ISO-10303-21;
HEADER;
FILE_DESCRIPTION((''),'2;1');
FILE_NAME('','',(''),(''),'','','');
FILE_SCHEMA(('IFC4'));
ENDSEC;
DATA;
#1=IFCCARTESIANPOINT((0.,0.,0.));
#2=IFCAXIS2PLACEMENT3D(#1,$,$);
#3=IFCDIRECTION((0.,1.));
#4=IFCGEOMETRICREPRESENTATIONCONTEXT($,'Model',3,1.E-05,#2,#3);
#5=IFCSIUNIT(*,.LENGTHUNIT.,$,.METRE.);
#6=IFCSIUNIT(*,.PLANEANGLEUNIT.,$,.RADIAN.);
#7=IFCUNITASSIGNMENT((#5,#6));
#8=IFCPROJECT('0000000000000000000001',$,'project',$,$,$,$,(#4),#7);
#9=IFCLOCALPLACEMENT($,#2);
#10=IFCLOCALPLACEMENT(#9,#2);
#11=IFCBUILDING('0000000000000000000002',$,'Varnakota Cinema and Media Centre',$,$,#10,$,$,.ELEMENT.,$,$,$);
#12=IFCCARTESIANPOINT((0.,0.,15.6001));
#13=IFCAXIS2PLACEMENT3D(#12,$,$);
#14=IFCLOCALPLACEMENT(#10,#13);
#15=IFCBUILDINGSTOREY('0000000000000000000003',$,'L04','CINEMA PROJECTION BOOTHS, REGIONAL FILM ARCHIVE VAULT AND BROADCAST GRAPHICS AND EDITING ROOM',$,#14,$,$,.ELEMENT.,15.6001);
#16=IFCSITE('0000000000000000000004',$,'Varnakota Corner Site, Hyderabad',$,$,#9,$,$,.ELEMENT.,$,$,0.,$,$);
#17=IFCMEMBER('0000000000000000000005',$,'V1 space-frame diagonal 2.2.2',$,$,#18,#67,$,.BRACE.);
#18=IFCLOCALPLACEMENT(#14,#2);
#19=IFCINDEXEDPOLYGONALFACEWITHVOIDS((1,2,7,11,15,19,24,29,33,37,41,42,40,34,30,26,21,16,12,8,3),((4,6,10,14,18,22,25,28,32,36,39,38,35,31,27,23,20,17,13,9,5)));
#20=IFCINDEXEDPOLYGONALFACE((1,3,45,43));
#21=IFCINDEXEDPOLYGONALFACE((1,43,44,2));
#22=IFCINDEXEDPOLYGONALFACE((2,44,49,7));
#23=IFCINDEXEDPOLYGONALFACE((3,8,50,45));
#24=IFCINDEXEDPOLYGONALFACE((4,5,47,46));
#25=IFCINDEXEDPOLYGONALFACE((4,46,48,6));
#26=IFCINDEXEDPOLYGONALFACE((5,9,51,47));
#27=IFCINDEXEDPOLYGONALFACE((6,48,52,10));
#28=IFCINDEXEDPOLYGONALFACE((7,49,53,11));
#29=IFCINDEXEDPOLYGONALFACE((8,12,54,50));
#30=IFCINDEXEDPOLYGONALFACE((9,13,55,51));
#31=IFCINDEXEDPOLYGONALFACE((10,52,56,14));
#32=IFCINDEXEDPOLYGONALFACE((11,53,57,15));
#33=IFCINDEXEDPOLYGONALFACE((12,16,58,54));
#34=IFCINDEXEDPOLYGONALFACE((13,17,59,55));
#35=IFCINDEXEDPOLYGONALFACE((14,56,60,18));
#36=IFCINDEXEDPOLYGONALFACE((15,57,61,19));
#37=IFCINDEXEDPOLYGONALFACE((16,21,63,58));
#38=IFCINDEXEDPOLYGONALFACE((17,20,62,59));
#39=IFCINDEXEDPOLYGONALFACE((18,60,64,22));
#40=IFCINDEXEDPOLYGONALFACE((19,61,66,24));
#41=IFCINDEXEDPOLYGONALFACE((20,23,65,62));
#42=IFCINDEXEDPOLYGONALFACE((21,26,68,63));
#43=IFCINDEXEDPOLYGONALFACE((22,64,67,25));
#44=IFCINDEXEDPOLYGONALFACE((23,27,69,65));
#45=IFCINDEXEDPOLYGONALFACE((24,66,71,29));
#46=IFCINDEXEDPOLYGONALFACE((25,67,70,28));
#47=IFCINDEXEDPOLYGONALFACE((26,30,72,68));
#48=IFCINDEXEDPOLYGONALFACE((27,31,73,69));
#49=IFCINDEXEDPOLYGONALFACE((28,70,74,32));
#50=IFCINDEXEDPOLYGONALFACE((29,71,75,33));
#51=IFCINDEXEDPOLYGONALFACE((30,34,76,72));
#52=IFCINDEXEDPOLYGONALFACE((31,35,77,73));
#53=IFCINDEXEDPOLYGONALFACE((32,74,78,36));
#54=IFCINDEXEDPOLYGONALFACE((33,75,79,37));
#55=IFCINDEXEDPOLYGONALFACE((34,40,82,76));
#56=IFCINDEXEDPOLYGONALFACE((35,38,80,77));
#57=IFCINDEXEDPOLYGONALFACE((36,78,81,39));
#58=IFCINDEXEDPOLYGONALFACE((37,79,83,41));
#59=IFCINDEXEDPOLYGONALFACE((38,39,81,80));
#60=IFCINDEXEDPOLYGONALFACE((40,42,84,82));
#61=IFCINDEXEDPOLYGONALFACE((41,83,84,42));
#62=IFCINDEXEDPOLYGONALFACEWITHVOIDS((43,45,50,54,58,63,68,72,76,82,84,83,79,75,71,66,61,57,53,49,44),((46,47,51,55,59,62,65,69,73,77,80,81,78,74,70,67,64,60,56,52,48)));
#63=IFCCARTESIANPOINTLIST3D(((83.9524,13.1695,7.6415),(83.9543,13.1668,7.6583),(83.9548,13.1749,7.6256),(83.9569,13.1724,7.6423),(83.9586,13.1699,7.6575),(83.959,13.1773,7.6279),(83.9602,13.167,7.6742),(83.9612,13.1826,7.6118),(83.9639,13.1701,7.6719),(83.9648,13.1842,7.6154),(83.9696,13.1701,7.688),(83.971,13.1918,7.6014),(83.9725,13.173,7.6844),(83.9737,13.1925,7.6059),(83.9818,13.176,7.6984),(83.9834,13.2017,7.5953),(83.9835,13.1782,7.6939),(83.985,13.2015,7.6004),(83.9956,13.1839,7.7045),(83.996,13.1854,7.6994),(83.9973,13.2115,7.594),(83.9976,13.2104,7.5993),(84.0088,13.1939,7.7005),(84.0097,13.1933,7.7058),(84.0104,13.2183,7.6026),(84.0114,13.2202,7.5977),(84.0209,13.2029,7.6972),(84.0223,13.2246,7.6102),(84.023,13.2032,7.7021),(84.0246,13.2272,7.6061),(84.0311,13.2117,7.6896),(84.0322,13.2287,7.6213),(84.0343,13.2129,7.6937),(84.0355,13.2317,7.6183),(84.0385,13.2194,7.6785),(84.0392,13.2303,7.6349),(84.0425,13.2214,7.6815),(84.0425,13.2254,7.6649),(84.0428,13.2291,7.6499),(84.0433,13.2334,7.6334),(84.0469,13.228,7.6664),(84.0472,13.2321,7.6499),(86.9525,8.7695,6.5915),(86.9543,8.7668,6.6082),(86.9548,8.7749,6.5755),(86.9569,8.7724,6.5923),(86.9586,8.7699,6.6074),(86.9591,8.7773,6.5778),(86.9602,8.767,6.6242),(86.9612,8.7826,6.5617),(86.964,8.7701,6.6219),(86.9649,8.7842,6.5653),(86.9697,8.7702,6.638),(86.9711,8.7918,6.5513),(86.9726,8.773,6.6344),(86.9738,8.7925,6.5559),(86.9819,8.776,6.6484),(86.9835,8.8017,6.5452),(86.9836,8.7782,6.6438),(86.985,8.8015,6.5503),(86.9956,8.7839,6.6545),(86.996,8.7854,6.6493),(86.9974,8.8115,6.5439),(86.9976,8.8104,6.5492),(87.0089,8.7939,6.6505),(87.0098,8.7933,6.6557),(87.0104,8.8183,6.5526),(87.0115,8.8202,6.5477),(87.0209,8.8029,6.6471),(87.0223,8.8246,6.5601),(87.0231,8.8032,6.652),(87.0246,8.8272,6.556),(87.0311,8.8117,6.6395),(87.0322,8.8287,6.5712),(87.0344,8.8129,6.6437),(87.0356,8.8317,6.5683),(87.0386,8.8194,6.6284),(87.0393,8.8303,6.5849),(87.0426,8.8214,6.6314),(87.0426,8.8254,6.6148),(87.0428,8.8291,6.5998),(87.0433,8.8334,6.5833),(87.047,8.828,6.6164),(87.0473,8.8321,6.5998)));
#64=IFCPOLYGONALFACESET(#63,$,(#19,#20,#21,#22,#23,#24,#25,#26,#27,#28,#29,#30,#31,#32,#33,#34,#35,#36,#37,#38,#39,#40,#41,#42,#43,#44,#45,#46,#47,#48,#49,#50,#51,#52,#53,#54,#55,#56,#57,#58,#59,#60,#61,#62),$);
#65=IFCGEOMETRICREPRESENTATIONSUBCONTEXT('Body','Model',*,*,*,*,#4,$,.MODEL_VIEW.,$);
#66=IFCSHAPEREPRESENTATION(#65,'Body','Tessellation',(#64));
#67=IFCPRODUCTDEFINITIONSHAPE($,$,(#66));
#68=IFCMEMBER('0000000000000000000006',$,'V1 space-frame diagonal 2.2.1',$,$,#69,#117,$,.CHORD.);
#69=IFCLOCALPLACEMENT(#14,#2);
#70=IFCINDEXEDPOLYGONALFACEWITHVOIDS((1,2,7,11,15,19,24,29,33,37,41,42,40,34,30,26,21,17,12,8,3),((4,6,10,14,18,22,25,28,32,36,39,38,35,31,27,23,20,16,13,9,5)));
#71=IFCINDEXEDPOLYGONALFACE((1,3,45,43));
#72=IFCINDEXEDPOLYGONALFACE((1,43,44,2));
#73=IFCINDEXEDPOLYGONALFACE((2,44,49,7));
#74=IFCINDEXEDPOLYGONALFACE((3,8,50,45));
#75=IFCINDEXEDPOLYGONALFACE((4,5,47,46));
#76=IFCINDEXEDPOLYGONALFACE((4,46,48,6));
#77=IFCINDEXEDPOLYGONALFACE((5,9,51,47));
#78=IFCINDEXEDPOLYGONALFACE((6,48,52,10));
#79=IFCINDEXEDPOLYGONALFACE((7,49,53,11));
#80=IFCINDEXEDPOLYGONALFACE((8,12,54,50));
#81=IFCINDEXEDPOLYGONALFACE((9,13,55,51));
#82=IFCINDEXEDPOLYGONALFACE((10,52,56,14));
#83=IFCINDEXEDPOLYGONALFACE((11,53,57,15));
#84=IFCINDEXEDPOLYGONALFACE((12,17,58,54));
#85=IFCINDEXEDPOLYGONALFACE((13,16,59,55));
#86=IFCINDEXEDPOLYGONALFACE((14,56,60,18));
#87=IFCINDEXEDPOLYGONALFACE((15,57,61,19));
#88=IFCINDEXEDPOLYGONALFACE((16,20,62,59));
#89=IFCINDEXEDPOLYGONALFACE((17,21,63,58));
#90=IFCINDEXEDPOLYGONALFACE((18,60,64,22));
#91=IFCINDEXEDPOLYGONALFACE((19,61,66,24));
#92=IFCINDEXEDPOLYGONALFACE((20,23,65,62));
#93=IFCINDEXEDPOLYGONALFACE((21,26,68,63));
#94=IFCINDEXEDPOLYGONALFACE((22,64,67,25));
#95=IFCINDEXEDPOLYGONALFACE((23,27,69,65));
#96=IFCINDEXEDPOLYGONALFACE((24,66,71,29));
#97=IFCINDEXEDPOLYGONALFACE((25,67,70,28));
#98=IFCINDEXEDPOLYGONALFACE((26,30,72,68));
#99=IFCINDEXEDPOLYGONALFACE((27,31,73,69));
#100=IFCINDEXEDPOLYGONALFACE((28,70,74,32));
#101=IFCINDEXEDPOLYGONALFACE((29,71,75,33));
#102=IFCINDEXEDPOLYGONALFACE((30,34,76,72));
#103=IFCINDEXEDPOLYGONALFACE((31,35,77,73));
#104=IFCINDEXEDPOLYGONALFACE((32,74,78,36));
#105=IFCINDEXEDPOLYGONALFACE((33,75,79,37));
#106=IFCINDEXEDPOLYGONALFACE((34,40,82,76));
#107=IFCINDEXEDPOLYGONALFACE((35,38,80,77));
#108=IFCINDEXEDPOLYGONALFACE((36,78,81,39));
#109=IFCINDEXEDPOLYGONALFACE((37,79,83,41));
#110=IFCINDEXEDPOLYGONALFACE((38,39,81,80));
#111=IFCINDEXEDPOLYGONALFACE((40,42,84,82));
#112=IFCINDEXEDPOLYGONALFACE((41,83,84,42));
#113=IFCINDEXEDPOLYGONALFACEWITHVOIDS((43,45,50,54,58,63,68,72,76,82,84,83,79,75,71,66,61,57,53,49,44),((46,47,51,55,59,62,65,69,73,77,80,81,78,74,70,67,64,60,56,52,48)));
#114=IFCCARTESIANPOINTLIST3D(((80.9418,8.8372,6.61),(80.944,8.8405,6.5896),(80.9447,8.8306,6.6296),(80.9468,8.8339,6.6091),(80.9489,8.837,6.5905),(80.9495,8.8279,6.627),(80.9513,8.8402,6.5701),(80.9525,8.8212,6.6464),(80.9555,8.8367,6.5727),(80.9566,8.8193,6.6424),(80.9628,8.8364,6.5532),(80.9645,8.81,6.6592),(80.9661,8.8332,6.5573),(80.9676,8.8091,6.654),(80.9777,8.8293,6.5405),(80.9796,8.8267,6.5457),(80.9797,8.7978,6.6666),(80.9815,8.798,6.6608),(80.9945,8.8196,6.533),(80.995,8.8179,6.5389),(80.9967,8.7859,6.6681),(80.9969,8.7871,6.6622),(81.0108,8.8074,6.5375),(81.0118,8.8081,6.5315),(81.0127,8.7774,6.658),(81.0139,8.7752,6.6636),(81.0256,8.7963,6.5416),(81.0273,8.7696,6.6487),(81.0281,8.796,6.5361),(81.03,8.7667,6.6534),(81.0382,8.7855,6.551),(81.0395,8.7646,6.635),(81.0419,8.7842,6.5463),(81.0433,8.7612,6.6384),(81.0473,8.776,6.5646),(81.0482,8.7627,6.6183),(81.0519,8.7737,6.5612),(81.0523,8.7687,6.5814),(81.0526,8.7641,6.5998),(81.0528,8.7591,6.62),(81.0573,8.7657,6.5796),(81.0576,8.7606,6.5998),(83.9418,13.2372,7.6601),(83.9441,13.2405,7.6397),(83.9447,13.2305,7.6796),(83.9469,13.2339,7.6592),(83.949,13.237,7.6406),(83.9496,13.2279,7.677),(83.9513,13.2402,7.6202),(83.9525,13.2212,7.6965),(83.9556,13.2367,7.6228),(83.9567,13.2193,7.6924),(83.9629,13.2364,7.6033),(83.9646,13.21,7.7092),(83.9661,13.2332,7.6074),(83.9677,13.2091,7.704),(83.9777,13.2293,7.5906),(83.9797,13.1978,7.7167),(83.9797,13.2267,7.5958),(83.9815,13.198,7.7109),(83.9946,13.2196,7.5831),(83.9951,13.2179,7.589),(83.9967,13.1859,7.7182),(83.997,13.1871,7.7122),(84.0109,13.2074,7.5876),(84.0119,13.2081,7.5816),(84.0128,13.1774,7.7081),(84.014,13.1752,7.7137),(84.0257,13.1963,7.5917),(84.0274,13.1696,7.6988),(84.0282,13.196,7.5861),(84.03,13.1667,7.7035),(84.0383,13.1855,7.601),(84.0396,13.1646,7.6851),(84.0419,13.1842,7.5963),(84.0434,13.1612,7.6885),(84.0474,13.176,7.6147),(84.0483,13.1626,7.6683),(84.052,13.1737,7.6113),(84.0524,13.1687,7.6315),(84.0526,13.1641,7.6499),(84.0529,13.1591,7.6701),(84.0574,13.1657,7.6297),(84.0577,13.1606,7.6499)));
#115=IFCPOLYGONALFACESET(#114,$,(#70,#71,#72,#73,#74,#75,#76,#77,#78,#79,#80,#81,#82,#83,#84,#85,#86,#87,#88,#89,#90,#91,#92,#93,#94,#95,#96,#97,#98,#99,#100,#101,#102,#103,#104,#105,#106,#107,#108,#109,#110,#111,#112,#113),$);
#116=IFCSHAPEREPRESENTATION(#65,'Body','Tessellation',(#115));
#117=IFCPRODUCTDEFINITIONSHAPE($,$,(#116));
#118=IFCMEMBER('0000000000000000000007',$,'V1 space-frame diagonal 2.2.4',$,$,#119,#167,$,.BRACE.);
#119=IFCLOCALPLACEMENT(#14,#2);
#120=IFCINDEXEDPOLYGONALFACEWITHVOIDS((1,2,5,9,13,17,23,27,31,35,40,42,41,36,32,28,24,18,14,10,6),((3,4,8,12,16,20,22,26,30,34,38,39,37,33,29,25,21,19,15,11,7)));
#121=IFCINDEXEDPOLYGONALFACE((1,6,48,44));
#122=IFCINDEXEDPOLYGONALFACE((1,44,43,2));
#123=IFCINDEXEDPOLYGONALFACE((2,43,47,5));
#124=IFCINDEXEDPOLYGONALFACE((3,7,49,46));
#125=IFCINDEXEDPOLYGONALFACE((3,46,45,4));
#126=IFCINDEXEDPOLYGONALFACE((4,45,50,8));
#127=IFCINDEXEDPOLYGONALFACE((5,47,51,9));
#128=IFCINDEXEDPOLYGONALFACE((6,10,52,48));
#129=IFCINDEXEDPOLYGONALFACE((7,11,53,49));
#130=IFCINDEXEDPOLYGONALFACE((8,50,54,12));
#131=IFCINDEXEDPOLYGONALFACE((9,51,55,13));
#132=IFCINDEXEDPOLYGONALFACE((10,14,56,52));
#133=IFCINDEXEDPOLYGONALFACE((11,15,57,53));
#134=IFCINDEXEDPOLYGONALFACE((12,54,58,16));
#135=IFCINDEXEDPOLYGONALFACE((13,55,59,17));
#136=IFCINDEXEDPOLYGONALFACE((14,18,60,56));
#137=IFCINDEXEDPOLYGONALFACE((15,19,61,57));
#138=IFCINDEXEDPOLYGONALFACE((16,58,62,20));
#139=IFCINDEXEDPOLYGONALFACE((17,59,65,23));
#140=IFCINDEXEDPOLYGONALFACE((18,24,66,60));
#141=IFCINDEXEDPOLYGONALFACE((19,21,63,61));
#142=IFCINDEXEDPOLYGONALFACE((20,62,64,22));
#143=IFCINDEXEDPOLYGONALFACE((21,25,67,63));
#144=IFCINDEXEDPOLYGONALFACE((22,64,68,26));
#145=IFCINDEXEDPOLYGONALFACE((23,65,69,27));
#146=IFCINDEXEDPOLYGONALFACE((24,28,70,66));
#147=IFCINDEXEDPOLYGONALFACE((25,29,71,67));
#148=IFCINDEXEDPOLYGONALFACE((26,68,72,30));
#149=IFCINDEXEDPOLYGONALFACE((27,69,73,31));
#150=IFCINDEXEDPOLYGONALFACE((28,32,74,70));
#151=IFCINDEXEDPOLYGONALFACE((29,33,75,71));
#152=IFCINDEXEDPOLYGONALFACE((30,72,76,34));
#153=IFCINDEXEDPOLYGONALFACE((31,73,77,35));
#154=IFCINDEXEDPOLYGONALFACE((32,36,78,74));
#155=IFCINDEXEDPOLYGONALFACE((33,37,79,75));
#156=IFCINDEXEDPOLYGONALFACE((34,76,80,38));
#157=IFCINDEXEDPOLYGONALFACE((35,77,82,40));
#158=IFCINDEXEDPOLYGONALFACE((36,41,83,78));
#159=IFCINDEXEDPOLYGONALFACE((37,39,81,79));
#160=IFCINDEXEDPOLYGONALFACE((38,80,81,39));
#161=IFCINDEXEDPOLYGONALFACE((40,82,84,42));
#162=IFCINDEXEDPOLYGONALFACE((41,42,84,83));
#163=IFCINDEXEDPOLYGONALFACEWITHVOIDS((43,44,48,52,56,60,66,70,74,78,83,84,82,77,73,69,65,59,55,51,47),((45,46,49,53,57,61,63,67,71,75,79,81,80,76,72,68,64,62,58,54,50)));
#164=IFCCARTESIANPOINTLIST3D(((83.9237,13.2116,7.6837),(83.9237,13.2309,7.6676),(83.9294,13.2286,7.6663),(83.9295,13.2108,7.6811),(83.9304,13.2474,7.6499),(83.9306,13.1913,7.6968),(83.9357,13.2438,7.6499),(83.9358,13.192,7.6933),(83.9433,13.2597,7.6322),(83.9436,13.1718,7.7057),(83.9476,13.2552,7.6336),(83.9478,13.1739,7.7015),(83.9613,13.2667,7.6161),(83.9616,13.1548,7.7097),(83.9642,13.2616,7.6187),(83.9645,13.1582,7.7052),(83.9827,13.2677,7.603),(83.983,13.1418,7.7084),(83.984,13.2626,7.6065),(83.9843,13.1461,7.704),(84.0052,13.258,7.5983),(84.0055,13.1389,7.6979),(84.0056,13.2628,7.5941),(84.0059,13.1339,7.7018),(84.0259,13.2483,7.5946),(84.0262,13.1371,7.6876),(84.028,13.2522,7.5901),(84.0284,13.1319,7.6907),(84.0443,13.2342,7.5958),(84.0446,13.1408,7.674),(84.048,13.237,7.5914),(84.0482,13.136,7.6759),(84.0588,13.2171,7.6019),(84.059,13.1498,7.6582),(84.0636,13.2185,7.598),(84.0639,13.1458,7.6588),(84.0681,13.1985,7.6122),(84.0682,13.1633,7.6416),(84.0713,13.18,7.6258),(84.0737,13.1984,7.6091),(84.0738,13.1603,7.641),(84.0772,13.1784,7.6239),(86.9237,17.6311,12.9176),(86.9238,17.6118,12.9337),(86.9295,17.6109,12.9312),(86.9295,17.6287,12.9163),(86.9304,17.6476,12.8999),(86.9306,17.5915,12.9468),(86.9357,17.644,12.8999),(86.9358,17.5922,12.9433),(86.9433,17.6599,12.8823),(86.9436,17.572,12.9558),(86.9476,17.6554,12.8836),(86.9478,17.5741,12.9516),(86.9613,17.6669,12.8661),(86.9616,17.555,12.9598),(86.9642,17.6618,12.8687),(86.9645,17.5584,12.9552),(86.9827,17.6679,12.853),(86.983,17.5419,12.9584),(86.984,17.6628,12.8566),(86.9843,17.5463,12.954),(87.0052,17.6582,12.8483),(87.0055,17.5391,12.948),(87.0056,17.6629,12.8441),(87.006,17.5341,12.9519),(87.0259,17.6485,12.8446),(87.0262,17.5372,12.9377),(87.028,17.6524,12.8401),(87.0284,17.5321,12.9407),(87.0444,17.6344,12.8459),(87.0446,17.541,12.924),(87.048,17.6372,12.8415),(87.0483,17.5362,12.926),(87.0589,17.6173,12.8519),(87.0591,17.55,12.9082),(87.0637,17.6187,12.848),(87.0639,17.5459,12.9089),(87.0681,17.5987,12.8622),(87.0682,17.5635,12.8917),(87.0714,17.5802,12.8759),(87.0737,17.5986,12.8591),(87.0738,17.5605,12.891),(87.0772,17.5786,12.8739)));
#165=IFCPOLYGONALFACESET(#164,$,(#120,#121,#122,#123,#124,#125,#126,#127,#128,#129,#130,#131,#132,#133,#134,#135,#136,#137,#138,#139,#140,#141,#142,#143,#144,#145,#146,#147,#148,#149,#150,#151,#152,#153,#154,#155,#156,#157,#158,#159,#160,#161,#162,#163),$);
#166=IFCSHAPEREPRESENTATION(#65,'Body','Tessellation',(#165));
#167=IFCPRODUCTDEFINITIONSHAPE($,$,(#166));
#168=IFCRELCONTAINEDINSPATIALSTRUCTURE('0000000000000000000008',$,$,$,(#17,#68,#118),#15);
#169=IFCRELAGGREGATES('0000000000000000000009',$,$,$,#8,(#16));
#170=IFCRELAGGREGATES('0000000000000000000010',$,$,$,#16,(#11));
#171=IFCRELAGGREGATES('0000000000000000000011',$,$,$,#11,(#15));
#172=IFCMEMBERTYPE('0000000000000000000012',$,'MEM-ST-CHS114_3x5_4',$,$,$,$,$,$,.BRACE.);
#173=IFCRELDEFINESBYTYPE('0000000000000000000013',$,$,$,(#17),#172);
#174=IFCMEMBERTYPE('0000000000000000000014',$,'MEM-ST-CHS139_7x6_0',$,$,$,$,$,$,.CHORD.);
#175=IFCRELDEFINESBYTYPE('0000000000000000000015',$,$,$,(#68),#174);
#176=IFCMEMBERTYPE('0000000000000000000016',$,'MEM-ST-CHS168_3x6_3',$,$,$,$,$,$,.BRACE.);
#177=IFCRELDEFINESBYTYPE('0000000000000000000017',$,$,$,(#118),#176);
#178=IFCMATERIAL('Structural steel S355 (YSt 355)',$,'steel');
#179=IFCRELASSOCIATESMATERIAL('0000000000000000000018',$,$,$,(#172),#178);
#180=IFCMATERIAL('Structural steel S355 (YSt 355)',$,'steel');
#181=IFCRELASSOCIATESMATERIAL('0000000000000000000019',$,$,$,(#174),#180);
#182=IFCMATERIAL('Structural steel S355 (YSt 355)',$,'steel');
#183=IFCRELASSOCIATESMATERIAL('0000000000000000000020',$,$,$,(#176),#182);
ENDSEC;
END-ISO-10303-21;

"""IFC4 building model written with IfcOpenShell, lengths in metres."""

from ifc_helpers import new_model, si_unit, direction, frame, origin, origin_2d, place, context, subcontext, project, spatial, hollow_circle, extrude, material, material_profile, profile_set, type_object, element, save


model = new_model("IFC4")

# Units and contexts
model_context = context("Model", 3, precision=1e-05, world=origin(), true_north=direction((0.0, 1.0)))
body_context = subcontext(model_context, "Body", "Model", "MODEL_VIEW")
ifc_project = project(units=[si_unit("LENGTHUNIT", "METRE"), si_unit("PLANEANGLEUNIT", "RADIAN")], contexts=[model_context])

# Site, building, storey
site_placement = place(None, origin())
site = spatial("IfcSite", under=ifc_project, at=site_placement, Name="Varnakota Corner Site, Hyderabad", CompositionType="ELEMENT", RefElevation=0.0)
building_placement = place(site_placement, origin())
building = spatial("IfcBuilding", under=site, at=building_placement, Name="Varnakota Cinema and Media Centre", CompositionType="ELEMENT")
storey_placement = place(building_placement, frame((0.0, 0.0, 15.6001)))
storey = spatial("IfcBuildingStorey", under=building, at=storey_placement, Name="L04", Description="CINEMA PROJECTION BOOTHS, REGIONAL FILM ARCHIVE VAULT AND BROADCAST GRAPHICS AND EDITING ROOM", CompositionType="ELEMENT", Elevation=15.6001)

# Members
ifc_material_1 = material(Name="Structural steel S355 (YSt 355)", Category="steel")
ifc_material_profile_1 = material_profile(ifc_material_1, hollow_circle(Radius=0.0571, WallThickness=0.0054, at=origin_2d()), Name="CHS 114.3x5.4")
ifc_profile_set_1 = profile_set([ifc_material_profile_1], Name="Structural steel S355 (YSt 355)")
member_type_1 = type_object("IfcMemberType", Name="MEM-ST-CHS114_3x5_4", PredefinedType="BRACE", material=ifc_profile_set_1)
member_1_placement = place(storey_placement, frame((84.0, 13.2, 7.6499), z_axis=(0.552703, -0.810613, -0.193455), x_axis=(0.826222, 0.563345, 0.0)))
element("IfcMember", 1, at=member_1_placement, inside=storey, type_object=member_type_1, Name="V1 space-frame diagonal 2.2.2", PredefinedType="BRACE", context=body_context, shape_type="SweptSolid", body=[
    extrude(hollow_circle(Radius=0.0571, WallThickness=0.0054, at=origin_2d()), origin(), (0.0, 0.0, 1.0), 5.428),
])
ifc_material_2 = material(Name="Structural steel S355 (YSt 355)", Category="steel")
ifc_material_profile_2 = material_profile(ifc_material_2, hollow_circle(Radius=0.0698, WallThickness=0.0061, at=origin_2d()), Name="CHS 139.7x6.0")
ifc_profile_set_2 = profile_set([ifc_material_profile_2], Name="Structural steel S355 (YSt 355)")
member_type_2 = type_object("IfcMemberType", Name="MEM-ST-CHS139_7x6_0", PredefinedType="CHORD", material=ifc_profile_set_2)
member_2_placement = place(storey_placement, frame((84.0, 13.2, 7.6499), z_axis=(-0.552703, -0.810613, -0.193455), x_axis=(0.826222, -0.563345, 0.0)))
element("IfcMember", 2, at=member_2_placement, inside=storey, type_object=member_type_2, Name="V1 space-frame diagonal 2.2.1", PredefinedType="CHORD", context=body_context, shape_type="SweptSolid", body=[
    extrude(hollow_circle(Radius=0.0698, WallThickness=0.0061, at=origin_2d()), origin(), (0.0, 0.0, 1.0), 5.428),
])
ifc_material_3 = material(Name="Structural steel S355 (YSt 355)", Category="steel")
ifc_material_profile_3 = material_profile(ifc_material_3, hollow_circle(Radius=0.0842, WallThickness=0.0063, at=origin_2d()), Name="CHS 168.3x6.3")
ifc_profile_set_3 = profile_set([ifc_material_profile_3], Name="Structural steel S355 (YSt 355)")
member_type_3 = type_object("IfcMemberType", Name="MEM-ST-CHS168_3x6_3", PredefinedType="BRACE", material=ifc_profile_set_3)
member_3_placement = place(storey_placement, frame((84.0, 13.2, 7.6499), z_axis=(0.401165, 0.588395, 0.702039), x_axis=(-0.826236, 0.563324, 0.0)))
element("IfcMember", 3, at=member_3_placement, inside=storey, type_object=member_type_3, Name="V1 space-frame diagonal 2.2.4", PredefinedType="BRACE", context=body_context, shape_type="SweptSolid", body=[
    extrude(hollow_circle(Radius=0.0842, WallThickness=0.0063, at=origin_2d()), origin(), (0.0, 0.0, 1.0), 7.4783),
])

save(model, "model.ifc")
